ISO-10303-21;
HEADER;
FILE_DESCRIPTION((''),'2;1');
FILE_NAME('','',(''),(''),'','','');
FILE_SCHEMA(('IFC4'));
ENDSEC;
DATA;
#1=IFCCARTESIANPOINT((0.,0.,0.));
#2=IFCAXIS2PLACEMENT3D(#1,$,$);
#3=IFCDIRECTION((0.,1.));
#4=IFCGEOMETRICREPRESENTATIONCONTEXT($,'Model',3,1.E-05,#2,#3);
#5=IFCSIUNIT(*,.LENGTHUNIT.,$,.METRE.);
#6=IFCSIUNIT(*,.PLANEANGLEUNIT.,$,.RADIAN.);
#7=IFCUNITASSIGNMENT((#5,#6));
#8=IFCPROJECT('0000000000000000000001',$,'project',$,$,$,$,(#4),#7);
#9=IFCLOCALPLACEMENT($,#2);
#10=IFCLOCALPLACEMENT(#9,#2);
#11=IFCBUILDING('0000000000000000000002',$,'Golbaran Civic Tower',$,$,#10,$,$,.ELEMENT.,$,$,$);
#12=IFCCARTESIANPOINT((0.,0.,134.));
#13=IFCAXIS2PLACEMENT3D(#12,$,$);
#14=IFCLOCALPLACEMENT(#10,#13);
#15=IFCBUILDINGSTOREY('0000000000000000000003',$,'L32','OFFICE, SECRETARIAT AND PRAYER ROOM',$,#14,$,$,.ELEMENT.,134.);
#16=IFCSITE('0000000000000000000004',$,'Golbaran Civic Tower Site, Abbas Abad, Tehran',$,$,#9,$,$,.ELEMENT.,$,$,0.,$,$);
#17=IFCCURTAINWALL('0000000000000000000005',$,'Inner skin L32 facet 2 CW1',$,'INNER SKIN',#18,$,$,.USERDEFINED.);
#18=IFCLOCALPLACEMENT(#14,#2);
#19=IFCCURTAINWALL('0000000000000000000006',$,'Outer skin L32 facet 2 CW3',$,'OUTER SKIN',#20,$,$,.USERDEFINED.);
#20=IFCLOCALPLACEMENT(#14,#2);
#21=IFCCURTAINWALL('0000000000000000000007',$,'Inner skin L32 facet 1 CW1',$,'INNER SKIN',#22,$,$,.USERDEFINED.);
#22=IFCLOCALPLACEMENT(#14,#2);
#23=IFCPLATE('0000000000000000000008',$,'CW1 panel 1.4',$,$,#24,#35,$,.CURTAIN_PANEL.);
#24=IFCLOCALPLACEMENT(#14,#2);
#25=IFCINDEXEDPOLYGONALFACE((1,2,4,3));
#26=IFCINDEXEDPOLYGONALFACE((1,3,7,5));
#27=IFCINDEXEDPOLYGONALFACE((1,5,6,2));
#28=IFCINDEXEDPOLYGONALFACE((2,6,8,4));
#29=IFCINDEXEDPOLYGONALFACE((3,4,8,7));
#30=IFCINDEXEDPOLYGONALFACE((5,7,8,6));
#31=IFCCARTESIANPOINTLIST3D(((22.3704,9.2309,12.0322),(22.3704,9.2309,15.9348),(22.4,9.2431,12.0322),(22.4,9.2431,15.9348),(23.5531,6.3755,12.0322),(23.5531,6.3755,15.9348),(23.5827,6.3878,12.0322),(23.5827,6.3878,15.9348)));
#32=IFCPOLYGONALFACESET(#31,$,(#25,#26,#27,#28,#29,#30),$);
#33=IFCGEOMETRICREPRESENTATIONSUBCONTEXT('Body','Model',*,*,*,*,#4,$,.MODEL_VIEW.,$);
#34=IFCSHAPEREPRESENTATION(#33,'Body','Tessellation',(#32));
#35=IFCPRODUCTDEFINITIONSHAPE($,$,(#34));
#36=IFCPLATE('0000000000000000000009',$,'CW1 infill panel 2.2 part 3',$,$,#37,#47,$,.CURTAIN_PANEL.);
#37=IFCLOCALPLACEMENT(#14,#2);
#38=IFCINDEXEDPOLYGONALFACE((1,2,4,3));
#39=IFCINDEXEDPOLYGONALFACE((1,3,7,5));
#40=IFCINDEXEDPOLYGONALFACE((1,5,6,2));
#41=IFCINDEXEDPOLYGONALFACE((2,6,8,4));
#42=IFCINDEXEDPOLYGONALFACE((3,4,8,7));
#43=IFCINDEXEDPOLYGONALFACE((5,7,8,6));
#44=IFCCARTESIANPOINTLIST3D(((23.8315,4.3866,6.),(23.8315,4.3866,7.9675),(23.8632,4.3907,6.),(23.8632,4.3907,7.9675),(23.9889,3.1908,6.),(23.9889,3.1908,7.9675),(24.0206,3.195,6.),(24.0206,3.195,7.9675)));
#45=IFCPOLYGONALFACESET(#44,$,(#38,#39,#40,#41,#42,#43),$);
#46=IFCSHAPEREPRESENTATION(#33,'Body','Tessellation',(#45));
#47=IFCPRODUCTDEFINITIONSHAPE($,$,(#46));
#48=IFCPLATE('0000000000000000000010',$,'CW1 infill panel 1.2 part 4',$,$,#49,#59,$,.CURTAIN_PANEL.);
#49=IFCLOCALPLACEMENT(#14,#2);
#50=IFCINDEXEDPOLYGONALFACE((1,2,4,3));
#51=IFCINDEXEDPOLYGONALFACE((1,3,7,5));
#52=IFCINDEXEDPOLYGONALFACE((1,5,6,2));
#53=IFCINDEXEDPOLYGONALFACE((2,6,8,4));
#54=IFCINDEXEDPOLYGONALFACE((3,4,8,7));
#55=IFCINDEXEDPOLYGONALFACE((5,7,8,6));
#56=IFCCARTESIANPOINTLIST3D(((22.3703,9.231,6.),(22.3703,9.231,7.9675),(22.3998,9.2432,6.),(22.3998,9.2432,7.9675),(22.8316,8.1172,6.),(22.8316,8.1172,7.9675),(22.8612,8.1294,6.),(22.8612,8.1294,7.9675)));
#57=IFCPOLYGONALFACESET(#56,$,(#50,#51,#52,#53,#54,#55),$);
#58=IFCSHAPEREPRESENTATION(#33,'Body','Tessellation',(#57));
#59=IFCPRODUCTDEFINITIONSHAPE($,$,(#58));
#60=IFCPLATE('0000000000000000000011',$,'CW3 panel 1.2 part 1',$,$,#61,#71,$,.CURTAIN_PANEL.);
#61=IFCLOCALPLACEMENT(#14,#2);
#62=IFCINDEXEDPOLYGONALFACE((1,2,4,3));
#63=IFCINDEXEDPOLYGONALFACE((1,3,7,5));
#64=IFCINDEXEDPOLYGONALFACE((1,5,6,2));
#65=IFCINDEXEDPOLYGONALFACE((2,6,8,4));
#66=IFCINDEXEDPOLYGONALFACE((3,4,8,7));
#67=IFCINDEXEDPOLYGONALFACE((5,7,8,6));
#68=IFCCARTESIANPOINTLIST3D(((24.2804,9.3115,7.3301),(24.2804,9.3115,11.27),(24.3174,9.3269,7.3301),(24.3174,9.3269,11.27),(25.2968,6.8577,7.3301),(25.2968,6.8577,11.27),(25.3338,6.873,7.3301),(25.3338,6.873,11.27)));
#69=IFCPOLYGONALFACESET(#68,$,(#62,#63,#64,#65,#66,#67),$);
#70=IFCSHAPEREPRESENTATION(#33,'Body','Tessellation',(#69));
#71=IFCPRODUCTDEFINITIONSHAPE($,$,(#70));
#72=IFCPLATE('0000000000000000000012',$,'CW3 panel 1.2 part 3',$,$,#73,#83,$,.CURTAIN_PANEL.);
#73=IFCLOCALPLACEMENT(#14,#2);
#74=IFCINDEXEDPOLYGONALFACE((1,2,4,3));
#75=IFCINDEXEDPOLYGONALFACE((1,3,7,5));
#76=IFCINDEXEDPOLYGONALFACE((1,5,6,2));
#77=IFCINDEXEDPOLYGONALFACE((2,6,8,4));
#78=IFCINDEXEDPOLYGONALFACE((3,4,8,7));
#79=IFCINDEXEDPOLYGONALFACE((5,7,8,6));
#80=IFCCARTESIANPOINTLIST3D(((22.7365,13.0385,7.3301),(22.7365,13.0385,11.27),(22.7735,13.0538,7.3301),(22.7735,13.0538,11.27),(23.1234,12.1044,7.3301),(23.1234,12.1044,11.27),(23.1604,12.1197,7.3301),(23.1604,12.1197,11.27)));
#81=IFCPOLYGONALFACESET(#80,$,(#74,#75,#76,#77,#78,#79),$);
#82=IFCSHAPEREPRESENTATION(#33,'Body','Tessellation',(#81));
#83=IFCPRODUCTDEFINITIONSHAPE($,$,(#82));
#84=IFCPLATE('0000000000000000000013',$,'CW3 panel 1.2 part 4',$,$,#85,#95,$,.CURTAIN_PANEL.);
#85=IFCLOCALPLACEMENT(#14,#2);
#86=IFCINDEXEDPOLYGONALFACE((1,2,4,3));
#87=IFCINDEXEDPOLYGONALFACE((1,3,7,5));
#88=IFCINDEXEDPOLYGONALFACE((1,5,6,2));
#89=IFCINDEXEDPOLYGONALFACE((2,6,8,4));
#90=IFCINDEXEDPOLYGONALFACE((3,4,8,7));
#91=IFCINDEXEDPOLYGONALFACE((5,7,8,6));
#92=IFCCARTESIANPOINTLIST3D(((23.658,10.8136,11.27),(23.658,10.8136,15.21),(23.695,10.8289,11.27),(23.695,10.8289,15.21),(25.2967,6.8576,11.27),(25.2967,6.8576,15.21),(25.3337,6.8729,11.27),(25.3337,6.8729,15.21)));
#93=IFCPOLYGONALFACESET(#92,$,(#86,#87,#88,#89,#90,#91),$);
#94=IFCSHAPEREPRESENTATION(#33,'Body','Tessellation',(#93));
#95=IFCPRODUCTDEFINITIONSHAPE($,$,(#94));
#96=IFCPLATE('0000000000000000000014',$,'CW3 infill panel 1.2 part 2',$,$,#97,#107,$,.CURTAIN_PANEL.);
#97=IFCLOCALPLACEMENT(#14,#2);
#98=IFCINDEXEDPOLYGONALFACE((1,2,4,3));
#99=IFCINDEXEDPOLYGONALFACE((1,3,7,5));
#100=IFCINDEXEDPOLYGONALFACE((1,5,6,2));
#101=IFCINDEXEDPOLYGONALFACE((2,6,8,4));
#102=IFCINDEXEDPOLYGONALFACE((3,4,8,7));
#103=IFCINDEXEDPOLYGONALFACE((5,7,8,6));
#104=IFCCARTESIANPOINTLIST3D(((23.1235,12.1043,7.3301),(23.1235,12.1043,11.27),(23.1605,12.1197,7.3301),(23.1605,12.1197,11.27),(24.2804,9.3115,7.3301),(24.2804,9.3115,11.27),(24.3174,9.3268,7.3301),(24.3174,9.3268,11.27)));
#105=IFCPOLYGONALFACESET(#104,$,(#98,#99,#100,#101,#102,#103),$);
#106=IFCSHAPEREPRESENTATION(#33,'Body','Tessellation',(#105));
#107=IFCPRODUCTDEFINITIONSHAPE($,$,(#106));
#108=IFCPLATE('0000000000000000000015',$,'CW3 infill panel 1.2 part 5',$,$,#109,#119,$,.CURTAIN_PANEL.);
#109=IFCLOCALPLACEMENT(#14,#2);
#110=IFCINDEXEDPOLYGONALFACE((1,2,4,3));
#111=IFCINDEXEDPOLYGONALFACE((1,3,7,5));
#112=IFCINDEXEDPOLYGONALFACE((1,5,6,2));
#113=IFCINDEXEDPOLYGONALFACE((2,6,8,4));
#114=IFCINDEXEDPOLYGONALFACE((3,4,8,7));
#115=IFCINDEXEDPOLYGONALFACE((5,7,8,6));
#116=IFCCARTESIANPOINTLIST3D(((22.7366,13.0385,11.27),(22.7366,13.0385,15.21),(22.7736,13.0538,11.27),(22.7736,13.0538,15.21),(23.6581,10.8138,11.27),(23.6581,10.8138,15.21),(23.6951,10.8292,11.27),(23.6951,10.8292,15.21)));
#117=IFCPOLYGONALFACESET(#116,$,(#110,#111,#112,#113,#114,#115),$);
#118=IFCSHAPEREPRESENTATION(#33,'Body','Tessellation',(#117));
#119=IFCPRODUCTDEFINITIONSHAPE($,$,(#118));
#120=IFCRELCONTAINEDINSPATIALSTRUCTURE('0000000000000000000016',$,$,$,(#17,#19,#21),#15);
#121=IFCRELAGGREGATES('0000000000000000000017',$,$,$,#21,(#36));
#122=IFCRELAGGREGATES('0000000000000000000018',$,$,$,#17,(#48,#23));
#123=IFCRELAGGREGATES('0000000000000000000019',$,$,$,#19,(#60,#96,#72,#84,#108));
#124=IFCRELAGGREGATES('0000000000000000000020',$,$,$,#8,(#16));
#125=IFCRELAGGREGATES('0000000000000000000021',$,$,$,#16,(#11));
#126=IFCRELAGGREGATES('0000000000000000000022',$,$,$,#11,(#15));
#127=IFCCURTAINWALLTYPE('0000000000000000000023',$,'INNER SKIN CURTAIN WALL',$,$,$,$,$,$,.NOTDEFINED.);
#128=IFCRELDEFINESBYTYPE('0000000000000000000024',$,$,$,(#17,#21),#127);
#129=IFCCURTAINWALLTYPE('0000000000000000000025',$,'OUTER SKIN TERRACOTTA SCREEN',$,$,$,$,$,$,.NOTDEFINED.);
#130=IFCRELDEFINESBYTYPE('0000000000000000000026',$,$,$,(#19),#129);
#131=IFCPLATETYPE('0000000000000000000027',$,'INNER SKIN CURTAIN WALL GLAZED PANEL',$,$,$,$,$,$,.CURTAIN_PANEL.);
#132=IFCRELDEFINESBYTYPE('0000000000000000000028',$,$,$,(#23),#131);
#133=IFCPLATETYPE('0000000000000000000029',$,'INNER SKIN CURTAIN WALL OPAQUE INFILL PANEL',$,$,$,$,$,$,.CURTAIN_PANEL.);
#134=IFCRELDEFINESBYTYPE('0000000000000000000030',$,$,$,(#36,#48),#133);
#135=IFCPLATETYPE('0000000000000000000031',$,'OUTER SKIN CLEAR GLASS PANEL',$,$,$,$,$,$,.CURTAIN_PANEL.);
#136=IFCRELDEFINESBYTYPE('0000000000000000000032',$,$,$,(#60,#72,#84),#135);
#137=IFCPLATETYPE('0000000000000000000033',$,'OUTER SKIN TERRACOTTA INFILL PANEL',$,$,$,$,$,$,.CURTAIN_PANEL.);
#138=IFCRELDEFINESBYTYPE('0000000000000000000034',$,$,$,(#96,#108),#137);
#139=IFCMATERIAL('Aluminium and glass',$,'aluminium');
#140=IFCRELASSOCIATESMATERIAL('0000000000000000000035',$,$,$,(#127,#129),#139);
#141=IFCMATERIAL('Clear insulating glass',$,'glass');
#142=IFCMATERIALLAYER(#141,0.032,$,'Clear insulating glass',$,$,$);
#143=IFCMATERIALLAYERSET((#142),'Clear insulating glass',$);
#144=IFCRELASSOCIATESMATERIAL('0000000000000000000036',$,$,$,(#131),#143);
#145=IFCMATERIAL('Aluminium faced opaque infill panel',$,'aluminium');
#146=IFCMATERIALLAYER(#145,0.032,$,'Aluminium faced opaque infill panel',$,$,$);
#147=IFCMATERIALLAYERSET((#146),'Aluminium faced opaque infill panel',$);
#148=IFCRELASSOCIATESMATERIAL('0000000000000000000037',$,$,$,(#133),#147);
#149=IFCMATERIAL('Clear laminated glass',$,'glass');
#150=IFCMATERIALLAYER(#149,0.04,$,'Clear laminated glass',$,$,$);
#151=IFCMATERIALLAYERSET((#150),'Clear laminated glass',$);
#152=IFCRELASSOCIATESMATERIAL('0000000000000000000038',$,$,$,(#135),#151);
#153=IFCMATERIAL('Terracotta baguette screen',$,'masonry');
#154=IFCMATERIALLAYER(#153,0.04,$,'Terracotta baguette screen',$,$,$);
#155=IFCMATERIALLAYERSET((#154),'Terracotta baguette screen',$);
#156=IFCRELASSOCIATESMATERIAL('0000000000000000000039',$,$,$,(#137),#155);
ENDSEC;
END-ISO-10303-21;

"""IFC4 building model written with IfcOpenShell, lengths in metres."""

from ifc_helpers import new_model, si_unit, direction, frame, origin, origin_2d, place, context, subcontext, project, spatial, rectangle, extrude, material, layer, layer_set, type_object, element, aggregate, save


model = new_model("IFC4")

# Units and contexts
model_context = context("Model", 3, precision=1e-05, world=origin(), true_north=direction((0.0, 1.0)))
body_context = subcontext(model_context, "Body", "Model", "MODEL_VIEW")
ifc_project = project(units=[si_unit("LENGTHUNIT", "METRE"), si_unit("PLANEANGLEUNIT", "RADIAN")], contexts=[model_context])

# Site, building, storey
site_placement = place(None, origin())
site = spatial("IfcSite", under=ifc_project, at=site_placement, Name="Golbaran Civic Tower Site, Abbas Abad, Tehran", CompositionType="ELEMENT", RefElevation=0.0)
building_placement = place(site_placement, origin())
building = spatial("IfcBuilding", under=site, at=building_placement, Name="Golbaran Civic Tower", CompositionType="ELEMENT")
storey_placement = place(building_placement, frame((0.0, 0.0, 134.0)))
storey = spatial("IfcBuildingStorey", under=building, at=storey_placement, Name="L32", Description="OFFICE, SECRETARIAT AND PRAYER ROOM", CompositionType="ELEMENT", Elevation=134.0)

# Curtain walls
ifc_material_1 = material(Name="Aluminium and glass", Category="aluminium")
curtain_wall_type_1 = type_object("IfcCurtainWallType", Name="INNER SKIN CURTAIN WALL", PredefinedType="NOTDEFINED", material=ifc_material_1)
curtain_wall_1_placement = place(storey_placement, origin())
curtain_wall_1 = element("IfcCurtainWall", 1, at=curtain_wall_1_placement, inside=storey, type_object=curtain_wall_type_1, Name="Inner skin L32 facet 2 CW1", ObjectType="INNER SKIN", PredefinedType="USERDEFINED")
curtain_wall_type_2 = type_object("IfcCurtainWallType", Name="OUTER SKIN TERRACOTTA SCREEN", PredefinedType="NOTDEFINED", material=ifc_material_1)
curtain_wall_2_placement = place(storey_placement, origin())
curtain_wall_2 = element("IfcCurtainWall", 2, at=curtain_wall_2_placement, inside=storey, type_object=curtain_wall_type_2, Name="Outer skin L32 facet 2 CW3", ObjectType="OUTER SKIN", PredefinedType="USERDEFINED")

# Curtain wall
curtain_wall_3_placement = place(storey_placement, origin())
curtain_wall_3 = element("IfcCurtainWall", 3, at=curtain_wall_3_placement, inside=storey, type_object=curtain_wall_type_1, Name="Inner skin L32 facet 1 CW1", ObjectType="INNER SKIN", PredefinedType="USERDEFINED")
ifc_material_2 = material(Name="Clear insulating glass", Category="glass")
ifc_layer_1 = layer(ifc_material_2, 0.032, Name="Clear insulating glass")
ifc_layer_set_1 = layer_set([ifc_layer_1], Name="Clear insulating glass")
plate_type_1 = type_object("IfcPlateType", Name="INNER SKIN CURTAIN WALL GLAZED PANEL", PredefinedType="CURTAIN_PANEL", material=ifc_layer_set_1)

# Plates
plate_1_placement = place(storey_placement, frame((22.9766, 7.8093, 12.0322), z_axis=(0.0, 0.0, 1.0), x_axis=(-0.382683, 0.92388, 0.0)))
plate_1 = element("IfcPlate", 4, at=plate_1_placement, type_object=plate_type_1, Name="CW1 panel 1.4", PredefinedType="CURTAIN_PANEL", context=body_context, shape_type="SweptSolid", body=[
    extrude(rectangle(XDim=3.0906, YDim=0.032, at=origin_2d()), origin(), (0.0, 0.0, 1.0), 3.9026),
])
ifc_material_3 = material(Name="Aluminium faced opaque infill panel", Category="aluminium")
ifc_layer_2 = layer(ifc_material_3, 0.032, Name="Aluminium faced opaque infill panel")
ifc_layer_set_2 = layer_set([ifc_layer_2], Name="Aluminium faced opaque infill panel")
plate_type_2 = type_object("IfcPlateType", Name="INNER SKIN CURTAIN WALL OPAQUE INFILL PANEL", PredefinedType="CURTAIN_PANEL", material=ifc_layer_set_2)
plate_2_placement = place(storey_placement, frame((23.926, 3.7908, 6.0), z_axis=(0.0, 0.0, 1.0), x_axis=(-0.130526, 0.991445, 0.0)))
plate_2 = element("IfcPlate", 5, at=plate_2_placement, type_object=plate_type_2, Name="CW1 infill panel 2.2 part 3", PredefinedType="CURTAIN_PANEL", context=body_context, shape_type="SweptSolid", body=[
    extrude(rectangle(XDim=1.2061, YDim=0.032, at=origin_2d()), origin(), (0.0, 0.0, 1.0), 1.9675),
])
aggregate(curtain_wall_3, [plate_2])
plate_3_placement = place(storey_placement, frame((22.6157, 8.6802, 6.0), z_axis=(0.0, 0.0, 1.0), x_axis=(-0.382683, 0.92388, 0.0)))
plate_3 = element("IfcPlate", 6, at=plate_3_placement, type_object=plate_type_2, Name="CW1 infill panel 1.2 part 4", PredefinedType="CURTAIN_PANEL", context=body_context, shape_type="SweptSolid", body=[
    extrude(rectangle(XDim=1.2056, YDim=0.032, at=origin_2d()), origin(), (0.0, 0.0, 1.0), 1.9675),
])
aggregate(curtain_wall_1, [plate_3, plate_1])
ifc_material_4 = material(Name="Clear laminated glass", Category="glass")
ifc_layer_3 = layer(ifc_material_4, 0.04, Name="Clear laminated glass")
ifc_layer_set_3 = layer_set([ifc_layer_3], Name="Clear laminated glass")
plate_type_3 = type_object("IfcPlateType", Name="OUTER SKIN CLEAR GLASS PANEL", PredefinedType="CURTAIN_PANEL", material=ifc_layer_set_3)
plate_4_placement = place(storey_placement, frame((24.8071, 8.0923, 7.3301), z_axis=(0.0, 0.0, 1.0), x_axis=(-0.382683, 0.92388, 0.0)))
plate_4 = element("IfcPlate", 7, at=plate_4_placement, type_object=plate_type_3, Name="CW3 panel 1.2 part 1", PredefinedType="CURTAIN_PANEL", context=body_context, shape_type="SweptSolid", body=[
    extrude(rectangle(XDim=2.656, YDim=0.04, at=origin_2d()), origin(), (0.0, 0.0, 1.0), 3.9399),
])
plate_5_placement = place(storey_placement, frame((22.9485, 12.5791, 7.3301), z_axis=(0.0, 0.0, 1.0), x_axis=(-0.382683, 0.92388, 0.0)))
plate_5 = element("IfcPlate", 8, at=plate_5_placement, type_object=plate_type_3, Name="CW3 panel 1.2 part 3", PredefinedType="CURTAIN_PANEL", context=body_context, shape_type="SweptSolid", body=[
    extrude(rectangle(XDim=1.011, YDim=0.04, at=origin_2d()), origin(), (0.0, 0.0, 1.0), 3.9399),
])
plate_6_placement = place(storey_placement, frame((24.4958, 8.8433, 11.27), z_axis=(0.0, 0.0, 1.0), x_axis=(-0.382683, 0.92388, 0.0)))
plate_6 = element("IfcPlate", 9, at=plate_6_placement, type_object=plate_type_3, Name="CW3 panel 1.2 part 4", PredefinedType="CURTAIN_PANEL", context=body_context, shape_type="SweptSolid", body=[
    extrude(rectangle(XDim=4.282, YDim=0.04, at=origin_2d()), origin(), (0.0, 0.0, 1.0), 3.9399),
])
ifc_material_5 = material(Name="Terracotta baguette screen", Category="masonry")
ifc_layer_4 = layer(ifc_material_5, 0.04, Name="Terracotta baguette screen")
ifc_layer_set_4 = layer_set([ifc_layer_4], Name="Terracotta baguette screen")
plate_type_4 = type_object("IfcPlateType", Name="OUTER SKIN TERRACOTTA INFILL PANEL", PredefinedType="CURTAIN_PANEL", material=ifc_layer_set_4)
plate_7_placement = place(storey_placement, frame((23.7205, 10.7156, 7.3301), z_axis=(0.0, 0.0, 1.0), x_axis=(-0.382683, 0.92388, 0.0)))
plate_7 = element("IfcPlate", 10, at=plate_7_placement, type_object=plate_type_4, Name="CW3 infill panel 1.2 part 2", PredefinedType="CURTAIN_PANEL", context=body_context, shape_type="SweptSolid", body=[
    extrude(rectangle(XDim=3.0229, YDim=0.04, at=origin_2d()), origin(), (0.0, 0.0, 1.0), 3.9399),
])
plate_8_placement = place(storey_placement, frame((23.2158, 11.9338, 11.27), z_axis=(0.0, 0.0, 1.0), x_axis=(-0.382683, 0.92388, 0.0)))
plate_8 = element("IfcPlate", 11, at=plate_8_placement, type_object=plate_type_4, Name="CW3 infill panel 1.2 part 5", PredefinedType="CURTAIN_PANEL", context=body_context, shape_type="SweptSolid", body=[
    extrude(rectangle(XDim=2.408, YDim=0.04, at=origin_2d()), origin(), (0.0, 0.0, 1.0), 3.9399),
])
aggregate(curtain_wall_2, [plate_4, plate_7, plate_5, plate_6, plate_8])

save(model, "model.ifc")
